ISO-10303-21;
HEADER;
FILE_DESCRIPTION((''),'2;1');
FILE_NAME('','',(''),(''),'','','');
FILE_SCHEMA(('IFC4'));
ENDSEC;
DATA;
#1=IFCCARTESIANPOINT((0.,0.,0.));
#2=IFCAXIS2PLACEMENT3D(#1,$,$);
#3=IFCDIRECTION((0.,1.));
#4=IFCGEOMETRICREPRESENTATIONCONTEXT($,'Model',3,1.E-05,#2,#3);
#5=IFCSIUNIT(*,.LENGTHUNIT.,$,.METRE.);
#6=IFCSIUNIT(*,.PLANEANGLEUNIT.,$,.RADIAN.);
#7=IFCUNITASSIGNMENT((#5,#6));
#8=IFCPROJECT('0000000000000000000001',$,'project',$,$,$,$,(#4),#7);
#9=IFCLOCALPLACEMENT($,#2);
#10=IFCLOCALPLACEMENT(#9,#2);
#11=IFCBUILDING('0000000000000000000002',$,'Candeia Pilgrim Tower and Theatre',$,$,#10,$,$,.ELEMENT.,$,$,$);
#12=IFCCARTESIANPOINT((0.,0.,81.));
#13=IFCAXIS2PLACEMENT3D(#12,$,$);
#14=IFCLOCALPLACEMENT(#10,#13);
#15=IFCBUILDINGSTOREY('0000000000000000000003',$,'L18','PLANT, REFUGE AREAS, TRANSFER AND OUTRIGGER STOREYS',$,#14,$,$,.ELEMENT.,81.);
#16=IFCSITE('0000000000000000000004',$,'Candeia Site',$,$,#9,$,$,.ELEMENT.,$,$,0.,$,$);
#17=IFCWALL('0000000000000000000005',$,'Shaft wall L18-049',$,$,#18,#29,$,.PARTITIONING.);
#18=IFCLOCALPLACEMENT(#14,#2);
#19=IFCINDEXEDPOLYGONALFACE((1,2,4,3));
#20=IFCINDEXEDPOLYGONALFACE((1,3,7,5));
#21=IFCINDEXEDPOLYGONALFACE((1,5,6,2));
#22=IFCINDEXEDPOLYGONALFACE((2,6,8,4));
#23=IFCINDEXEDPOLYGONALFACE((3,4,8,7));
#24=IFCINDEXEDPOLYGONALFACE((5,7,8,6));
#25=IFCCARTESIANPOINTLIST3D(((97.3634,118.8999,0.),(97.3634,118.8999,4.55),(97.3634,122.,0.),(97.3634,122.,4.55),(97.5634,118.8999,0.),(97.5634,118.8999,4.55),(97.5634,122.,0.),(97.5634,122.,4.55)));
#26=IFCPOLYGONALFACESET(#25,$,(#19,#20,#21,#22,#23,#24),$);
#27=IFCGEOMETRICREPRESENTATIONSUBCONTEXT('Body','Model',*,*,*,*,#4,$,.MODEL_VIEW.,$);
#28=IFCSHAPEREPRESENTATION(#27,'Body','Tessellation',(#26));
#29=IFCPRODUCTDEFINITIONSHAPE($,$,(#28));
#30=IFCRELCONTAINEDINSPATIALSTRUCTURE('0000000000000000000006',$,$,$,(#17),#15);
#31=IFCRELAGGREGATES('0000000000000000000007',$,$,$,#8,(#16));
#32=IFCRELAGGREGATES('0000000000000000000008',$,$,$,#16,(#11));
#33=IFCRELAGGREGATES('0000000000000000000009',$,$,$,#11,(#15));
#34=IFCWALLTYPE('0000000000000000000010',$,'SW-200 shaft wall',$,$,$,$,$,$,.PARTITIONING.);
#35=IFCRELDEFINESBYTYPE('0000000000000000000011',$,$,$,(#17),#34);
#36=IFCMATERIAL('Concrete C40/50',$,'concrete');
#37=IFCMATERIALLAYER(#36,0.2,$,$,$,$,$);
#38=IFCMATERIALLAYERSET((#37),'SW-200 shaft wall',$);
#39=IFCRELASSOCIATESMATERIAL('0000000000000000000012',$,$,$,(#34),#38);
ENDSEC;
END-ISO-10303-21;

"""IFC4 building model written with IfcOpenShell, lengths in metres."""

from ifc_helpers import new_model, si_unit, direction, frame, frame_2d, origin, place, context, subcontext, project, spatial, rectangle, extrude, material, layer, layer_set, type_object, element, save


model = new_model("IFC4")

# Units and contexts
model_context = context("Model", 3, precision=1e-05, world=origin(), true_north=direction((0.0, 1.0)))
body_context = subcontext(model_context, "Body", "Model", "MODEL_VIEW")
ifc_project = project(units=[si_unit("LENGTHUNIT", "METRE"), si_unit("PLANEANGLEUNIT", "RADIAN")], contexts=[model_context])

# Site, building, storey
site_placement = place(None, origin())
site = spatial("IfcSite", under=ifc_project, at=site_placement, Name="Candeia Site", CompositionType="ELEMENT", RefElevation=0.0)
building_placement = place(site_placement, origin())
building = spatial("IfcBuilding", under=site, at=building_placement, Name="Candeia Pilgrim Tower and Theatre", CompositionType="ELEMENT")
storey_placement = place(building_placement, frame((0.0, 0.0, 81.0)))
storey = spatial("IfcBuildingStorey", under=building, at=storey_placement, Name="L18", Description="PLANT, REFUGE AREAS, TRANSFER AND OUTRIGGER STOREYS", CompositionType="ELEMENT", Elevation=81.0)

# Shared definitions
ifc_material_1 = material(Name="Concrete C40/50", Category="concrete")
ifc_layer_1 = layer(ifc_material_1, 0.2)
ifc_layer_set_1 = layer_set([ifc_layer_1], Name="SW-200 shaft wall")
wall_type_1 = type_object("IfcWallType", Name="SW-200 shaft wall", PredefinedType="PARTITIONING", material=ifc_layer_set_1)

# Wall
for number, where, z_axis, x_axis, name in (
    (1, (97.4634, 118.8999, 0.0), (0.0, 0.0, 1.0), (0.0, 1.0, 0.0), "Shaft wall L18-049"),
):
    element("IfcWall", number, at=place(storey_placement, frame(where, z_axis=z_axis, x_axis=x_axis)), inside=storey, type_object=wall_type_1, Name=name, PredefinedType="PARTITIONING", context=body_context, shape_type="SweptSolid", body=[
        extrude(rectangle(XDim=3.1001, YDim=0.2, at=frame_2d((1.55, 0.0))), origin(), (0.0, 0.0, 1.0), 4.55),
    ])

save(model, "model.ifc")
